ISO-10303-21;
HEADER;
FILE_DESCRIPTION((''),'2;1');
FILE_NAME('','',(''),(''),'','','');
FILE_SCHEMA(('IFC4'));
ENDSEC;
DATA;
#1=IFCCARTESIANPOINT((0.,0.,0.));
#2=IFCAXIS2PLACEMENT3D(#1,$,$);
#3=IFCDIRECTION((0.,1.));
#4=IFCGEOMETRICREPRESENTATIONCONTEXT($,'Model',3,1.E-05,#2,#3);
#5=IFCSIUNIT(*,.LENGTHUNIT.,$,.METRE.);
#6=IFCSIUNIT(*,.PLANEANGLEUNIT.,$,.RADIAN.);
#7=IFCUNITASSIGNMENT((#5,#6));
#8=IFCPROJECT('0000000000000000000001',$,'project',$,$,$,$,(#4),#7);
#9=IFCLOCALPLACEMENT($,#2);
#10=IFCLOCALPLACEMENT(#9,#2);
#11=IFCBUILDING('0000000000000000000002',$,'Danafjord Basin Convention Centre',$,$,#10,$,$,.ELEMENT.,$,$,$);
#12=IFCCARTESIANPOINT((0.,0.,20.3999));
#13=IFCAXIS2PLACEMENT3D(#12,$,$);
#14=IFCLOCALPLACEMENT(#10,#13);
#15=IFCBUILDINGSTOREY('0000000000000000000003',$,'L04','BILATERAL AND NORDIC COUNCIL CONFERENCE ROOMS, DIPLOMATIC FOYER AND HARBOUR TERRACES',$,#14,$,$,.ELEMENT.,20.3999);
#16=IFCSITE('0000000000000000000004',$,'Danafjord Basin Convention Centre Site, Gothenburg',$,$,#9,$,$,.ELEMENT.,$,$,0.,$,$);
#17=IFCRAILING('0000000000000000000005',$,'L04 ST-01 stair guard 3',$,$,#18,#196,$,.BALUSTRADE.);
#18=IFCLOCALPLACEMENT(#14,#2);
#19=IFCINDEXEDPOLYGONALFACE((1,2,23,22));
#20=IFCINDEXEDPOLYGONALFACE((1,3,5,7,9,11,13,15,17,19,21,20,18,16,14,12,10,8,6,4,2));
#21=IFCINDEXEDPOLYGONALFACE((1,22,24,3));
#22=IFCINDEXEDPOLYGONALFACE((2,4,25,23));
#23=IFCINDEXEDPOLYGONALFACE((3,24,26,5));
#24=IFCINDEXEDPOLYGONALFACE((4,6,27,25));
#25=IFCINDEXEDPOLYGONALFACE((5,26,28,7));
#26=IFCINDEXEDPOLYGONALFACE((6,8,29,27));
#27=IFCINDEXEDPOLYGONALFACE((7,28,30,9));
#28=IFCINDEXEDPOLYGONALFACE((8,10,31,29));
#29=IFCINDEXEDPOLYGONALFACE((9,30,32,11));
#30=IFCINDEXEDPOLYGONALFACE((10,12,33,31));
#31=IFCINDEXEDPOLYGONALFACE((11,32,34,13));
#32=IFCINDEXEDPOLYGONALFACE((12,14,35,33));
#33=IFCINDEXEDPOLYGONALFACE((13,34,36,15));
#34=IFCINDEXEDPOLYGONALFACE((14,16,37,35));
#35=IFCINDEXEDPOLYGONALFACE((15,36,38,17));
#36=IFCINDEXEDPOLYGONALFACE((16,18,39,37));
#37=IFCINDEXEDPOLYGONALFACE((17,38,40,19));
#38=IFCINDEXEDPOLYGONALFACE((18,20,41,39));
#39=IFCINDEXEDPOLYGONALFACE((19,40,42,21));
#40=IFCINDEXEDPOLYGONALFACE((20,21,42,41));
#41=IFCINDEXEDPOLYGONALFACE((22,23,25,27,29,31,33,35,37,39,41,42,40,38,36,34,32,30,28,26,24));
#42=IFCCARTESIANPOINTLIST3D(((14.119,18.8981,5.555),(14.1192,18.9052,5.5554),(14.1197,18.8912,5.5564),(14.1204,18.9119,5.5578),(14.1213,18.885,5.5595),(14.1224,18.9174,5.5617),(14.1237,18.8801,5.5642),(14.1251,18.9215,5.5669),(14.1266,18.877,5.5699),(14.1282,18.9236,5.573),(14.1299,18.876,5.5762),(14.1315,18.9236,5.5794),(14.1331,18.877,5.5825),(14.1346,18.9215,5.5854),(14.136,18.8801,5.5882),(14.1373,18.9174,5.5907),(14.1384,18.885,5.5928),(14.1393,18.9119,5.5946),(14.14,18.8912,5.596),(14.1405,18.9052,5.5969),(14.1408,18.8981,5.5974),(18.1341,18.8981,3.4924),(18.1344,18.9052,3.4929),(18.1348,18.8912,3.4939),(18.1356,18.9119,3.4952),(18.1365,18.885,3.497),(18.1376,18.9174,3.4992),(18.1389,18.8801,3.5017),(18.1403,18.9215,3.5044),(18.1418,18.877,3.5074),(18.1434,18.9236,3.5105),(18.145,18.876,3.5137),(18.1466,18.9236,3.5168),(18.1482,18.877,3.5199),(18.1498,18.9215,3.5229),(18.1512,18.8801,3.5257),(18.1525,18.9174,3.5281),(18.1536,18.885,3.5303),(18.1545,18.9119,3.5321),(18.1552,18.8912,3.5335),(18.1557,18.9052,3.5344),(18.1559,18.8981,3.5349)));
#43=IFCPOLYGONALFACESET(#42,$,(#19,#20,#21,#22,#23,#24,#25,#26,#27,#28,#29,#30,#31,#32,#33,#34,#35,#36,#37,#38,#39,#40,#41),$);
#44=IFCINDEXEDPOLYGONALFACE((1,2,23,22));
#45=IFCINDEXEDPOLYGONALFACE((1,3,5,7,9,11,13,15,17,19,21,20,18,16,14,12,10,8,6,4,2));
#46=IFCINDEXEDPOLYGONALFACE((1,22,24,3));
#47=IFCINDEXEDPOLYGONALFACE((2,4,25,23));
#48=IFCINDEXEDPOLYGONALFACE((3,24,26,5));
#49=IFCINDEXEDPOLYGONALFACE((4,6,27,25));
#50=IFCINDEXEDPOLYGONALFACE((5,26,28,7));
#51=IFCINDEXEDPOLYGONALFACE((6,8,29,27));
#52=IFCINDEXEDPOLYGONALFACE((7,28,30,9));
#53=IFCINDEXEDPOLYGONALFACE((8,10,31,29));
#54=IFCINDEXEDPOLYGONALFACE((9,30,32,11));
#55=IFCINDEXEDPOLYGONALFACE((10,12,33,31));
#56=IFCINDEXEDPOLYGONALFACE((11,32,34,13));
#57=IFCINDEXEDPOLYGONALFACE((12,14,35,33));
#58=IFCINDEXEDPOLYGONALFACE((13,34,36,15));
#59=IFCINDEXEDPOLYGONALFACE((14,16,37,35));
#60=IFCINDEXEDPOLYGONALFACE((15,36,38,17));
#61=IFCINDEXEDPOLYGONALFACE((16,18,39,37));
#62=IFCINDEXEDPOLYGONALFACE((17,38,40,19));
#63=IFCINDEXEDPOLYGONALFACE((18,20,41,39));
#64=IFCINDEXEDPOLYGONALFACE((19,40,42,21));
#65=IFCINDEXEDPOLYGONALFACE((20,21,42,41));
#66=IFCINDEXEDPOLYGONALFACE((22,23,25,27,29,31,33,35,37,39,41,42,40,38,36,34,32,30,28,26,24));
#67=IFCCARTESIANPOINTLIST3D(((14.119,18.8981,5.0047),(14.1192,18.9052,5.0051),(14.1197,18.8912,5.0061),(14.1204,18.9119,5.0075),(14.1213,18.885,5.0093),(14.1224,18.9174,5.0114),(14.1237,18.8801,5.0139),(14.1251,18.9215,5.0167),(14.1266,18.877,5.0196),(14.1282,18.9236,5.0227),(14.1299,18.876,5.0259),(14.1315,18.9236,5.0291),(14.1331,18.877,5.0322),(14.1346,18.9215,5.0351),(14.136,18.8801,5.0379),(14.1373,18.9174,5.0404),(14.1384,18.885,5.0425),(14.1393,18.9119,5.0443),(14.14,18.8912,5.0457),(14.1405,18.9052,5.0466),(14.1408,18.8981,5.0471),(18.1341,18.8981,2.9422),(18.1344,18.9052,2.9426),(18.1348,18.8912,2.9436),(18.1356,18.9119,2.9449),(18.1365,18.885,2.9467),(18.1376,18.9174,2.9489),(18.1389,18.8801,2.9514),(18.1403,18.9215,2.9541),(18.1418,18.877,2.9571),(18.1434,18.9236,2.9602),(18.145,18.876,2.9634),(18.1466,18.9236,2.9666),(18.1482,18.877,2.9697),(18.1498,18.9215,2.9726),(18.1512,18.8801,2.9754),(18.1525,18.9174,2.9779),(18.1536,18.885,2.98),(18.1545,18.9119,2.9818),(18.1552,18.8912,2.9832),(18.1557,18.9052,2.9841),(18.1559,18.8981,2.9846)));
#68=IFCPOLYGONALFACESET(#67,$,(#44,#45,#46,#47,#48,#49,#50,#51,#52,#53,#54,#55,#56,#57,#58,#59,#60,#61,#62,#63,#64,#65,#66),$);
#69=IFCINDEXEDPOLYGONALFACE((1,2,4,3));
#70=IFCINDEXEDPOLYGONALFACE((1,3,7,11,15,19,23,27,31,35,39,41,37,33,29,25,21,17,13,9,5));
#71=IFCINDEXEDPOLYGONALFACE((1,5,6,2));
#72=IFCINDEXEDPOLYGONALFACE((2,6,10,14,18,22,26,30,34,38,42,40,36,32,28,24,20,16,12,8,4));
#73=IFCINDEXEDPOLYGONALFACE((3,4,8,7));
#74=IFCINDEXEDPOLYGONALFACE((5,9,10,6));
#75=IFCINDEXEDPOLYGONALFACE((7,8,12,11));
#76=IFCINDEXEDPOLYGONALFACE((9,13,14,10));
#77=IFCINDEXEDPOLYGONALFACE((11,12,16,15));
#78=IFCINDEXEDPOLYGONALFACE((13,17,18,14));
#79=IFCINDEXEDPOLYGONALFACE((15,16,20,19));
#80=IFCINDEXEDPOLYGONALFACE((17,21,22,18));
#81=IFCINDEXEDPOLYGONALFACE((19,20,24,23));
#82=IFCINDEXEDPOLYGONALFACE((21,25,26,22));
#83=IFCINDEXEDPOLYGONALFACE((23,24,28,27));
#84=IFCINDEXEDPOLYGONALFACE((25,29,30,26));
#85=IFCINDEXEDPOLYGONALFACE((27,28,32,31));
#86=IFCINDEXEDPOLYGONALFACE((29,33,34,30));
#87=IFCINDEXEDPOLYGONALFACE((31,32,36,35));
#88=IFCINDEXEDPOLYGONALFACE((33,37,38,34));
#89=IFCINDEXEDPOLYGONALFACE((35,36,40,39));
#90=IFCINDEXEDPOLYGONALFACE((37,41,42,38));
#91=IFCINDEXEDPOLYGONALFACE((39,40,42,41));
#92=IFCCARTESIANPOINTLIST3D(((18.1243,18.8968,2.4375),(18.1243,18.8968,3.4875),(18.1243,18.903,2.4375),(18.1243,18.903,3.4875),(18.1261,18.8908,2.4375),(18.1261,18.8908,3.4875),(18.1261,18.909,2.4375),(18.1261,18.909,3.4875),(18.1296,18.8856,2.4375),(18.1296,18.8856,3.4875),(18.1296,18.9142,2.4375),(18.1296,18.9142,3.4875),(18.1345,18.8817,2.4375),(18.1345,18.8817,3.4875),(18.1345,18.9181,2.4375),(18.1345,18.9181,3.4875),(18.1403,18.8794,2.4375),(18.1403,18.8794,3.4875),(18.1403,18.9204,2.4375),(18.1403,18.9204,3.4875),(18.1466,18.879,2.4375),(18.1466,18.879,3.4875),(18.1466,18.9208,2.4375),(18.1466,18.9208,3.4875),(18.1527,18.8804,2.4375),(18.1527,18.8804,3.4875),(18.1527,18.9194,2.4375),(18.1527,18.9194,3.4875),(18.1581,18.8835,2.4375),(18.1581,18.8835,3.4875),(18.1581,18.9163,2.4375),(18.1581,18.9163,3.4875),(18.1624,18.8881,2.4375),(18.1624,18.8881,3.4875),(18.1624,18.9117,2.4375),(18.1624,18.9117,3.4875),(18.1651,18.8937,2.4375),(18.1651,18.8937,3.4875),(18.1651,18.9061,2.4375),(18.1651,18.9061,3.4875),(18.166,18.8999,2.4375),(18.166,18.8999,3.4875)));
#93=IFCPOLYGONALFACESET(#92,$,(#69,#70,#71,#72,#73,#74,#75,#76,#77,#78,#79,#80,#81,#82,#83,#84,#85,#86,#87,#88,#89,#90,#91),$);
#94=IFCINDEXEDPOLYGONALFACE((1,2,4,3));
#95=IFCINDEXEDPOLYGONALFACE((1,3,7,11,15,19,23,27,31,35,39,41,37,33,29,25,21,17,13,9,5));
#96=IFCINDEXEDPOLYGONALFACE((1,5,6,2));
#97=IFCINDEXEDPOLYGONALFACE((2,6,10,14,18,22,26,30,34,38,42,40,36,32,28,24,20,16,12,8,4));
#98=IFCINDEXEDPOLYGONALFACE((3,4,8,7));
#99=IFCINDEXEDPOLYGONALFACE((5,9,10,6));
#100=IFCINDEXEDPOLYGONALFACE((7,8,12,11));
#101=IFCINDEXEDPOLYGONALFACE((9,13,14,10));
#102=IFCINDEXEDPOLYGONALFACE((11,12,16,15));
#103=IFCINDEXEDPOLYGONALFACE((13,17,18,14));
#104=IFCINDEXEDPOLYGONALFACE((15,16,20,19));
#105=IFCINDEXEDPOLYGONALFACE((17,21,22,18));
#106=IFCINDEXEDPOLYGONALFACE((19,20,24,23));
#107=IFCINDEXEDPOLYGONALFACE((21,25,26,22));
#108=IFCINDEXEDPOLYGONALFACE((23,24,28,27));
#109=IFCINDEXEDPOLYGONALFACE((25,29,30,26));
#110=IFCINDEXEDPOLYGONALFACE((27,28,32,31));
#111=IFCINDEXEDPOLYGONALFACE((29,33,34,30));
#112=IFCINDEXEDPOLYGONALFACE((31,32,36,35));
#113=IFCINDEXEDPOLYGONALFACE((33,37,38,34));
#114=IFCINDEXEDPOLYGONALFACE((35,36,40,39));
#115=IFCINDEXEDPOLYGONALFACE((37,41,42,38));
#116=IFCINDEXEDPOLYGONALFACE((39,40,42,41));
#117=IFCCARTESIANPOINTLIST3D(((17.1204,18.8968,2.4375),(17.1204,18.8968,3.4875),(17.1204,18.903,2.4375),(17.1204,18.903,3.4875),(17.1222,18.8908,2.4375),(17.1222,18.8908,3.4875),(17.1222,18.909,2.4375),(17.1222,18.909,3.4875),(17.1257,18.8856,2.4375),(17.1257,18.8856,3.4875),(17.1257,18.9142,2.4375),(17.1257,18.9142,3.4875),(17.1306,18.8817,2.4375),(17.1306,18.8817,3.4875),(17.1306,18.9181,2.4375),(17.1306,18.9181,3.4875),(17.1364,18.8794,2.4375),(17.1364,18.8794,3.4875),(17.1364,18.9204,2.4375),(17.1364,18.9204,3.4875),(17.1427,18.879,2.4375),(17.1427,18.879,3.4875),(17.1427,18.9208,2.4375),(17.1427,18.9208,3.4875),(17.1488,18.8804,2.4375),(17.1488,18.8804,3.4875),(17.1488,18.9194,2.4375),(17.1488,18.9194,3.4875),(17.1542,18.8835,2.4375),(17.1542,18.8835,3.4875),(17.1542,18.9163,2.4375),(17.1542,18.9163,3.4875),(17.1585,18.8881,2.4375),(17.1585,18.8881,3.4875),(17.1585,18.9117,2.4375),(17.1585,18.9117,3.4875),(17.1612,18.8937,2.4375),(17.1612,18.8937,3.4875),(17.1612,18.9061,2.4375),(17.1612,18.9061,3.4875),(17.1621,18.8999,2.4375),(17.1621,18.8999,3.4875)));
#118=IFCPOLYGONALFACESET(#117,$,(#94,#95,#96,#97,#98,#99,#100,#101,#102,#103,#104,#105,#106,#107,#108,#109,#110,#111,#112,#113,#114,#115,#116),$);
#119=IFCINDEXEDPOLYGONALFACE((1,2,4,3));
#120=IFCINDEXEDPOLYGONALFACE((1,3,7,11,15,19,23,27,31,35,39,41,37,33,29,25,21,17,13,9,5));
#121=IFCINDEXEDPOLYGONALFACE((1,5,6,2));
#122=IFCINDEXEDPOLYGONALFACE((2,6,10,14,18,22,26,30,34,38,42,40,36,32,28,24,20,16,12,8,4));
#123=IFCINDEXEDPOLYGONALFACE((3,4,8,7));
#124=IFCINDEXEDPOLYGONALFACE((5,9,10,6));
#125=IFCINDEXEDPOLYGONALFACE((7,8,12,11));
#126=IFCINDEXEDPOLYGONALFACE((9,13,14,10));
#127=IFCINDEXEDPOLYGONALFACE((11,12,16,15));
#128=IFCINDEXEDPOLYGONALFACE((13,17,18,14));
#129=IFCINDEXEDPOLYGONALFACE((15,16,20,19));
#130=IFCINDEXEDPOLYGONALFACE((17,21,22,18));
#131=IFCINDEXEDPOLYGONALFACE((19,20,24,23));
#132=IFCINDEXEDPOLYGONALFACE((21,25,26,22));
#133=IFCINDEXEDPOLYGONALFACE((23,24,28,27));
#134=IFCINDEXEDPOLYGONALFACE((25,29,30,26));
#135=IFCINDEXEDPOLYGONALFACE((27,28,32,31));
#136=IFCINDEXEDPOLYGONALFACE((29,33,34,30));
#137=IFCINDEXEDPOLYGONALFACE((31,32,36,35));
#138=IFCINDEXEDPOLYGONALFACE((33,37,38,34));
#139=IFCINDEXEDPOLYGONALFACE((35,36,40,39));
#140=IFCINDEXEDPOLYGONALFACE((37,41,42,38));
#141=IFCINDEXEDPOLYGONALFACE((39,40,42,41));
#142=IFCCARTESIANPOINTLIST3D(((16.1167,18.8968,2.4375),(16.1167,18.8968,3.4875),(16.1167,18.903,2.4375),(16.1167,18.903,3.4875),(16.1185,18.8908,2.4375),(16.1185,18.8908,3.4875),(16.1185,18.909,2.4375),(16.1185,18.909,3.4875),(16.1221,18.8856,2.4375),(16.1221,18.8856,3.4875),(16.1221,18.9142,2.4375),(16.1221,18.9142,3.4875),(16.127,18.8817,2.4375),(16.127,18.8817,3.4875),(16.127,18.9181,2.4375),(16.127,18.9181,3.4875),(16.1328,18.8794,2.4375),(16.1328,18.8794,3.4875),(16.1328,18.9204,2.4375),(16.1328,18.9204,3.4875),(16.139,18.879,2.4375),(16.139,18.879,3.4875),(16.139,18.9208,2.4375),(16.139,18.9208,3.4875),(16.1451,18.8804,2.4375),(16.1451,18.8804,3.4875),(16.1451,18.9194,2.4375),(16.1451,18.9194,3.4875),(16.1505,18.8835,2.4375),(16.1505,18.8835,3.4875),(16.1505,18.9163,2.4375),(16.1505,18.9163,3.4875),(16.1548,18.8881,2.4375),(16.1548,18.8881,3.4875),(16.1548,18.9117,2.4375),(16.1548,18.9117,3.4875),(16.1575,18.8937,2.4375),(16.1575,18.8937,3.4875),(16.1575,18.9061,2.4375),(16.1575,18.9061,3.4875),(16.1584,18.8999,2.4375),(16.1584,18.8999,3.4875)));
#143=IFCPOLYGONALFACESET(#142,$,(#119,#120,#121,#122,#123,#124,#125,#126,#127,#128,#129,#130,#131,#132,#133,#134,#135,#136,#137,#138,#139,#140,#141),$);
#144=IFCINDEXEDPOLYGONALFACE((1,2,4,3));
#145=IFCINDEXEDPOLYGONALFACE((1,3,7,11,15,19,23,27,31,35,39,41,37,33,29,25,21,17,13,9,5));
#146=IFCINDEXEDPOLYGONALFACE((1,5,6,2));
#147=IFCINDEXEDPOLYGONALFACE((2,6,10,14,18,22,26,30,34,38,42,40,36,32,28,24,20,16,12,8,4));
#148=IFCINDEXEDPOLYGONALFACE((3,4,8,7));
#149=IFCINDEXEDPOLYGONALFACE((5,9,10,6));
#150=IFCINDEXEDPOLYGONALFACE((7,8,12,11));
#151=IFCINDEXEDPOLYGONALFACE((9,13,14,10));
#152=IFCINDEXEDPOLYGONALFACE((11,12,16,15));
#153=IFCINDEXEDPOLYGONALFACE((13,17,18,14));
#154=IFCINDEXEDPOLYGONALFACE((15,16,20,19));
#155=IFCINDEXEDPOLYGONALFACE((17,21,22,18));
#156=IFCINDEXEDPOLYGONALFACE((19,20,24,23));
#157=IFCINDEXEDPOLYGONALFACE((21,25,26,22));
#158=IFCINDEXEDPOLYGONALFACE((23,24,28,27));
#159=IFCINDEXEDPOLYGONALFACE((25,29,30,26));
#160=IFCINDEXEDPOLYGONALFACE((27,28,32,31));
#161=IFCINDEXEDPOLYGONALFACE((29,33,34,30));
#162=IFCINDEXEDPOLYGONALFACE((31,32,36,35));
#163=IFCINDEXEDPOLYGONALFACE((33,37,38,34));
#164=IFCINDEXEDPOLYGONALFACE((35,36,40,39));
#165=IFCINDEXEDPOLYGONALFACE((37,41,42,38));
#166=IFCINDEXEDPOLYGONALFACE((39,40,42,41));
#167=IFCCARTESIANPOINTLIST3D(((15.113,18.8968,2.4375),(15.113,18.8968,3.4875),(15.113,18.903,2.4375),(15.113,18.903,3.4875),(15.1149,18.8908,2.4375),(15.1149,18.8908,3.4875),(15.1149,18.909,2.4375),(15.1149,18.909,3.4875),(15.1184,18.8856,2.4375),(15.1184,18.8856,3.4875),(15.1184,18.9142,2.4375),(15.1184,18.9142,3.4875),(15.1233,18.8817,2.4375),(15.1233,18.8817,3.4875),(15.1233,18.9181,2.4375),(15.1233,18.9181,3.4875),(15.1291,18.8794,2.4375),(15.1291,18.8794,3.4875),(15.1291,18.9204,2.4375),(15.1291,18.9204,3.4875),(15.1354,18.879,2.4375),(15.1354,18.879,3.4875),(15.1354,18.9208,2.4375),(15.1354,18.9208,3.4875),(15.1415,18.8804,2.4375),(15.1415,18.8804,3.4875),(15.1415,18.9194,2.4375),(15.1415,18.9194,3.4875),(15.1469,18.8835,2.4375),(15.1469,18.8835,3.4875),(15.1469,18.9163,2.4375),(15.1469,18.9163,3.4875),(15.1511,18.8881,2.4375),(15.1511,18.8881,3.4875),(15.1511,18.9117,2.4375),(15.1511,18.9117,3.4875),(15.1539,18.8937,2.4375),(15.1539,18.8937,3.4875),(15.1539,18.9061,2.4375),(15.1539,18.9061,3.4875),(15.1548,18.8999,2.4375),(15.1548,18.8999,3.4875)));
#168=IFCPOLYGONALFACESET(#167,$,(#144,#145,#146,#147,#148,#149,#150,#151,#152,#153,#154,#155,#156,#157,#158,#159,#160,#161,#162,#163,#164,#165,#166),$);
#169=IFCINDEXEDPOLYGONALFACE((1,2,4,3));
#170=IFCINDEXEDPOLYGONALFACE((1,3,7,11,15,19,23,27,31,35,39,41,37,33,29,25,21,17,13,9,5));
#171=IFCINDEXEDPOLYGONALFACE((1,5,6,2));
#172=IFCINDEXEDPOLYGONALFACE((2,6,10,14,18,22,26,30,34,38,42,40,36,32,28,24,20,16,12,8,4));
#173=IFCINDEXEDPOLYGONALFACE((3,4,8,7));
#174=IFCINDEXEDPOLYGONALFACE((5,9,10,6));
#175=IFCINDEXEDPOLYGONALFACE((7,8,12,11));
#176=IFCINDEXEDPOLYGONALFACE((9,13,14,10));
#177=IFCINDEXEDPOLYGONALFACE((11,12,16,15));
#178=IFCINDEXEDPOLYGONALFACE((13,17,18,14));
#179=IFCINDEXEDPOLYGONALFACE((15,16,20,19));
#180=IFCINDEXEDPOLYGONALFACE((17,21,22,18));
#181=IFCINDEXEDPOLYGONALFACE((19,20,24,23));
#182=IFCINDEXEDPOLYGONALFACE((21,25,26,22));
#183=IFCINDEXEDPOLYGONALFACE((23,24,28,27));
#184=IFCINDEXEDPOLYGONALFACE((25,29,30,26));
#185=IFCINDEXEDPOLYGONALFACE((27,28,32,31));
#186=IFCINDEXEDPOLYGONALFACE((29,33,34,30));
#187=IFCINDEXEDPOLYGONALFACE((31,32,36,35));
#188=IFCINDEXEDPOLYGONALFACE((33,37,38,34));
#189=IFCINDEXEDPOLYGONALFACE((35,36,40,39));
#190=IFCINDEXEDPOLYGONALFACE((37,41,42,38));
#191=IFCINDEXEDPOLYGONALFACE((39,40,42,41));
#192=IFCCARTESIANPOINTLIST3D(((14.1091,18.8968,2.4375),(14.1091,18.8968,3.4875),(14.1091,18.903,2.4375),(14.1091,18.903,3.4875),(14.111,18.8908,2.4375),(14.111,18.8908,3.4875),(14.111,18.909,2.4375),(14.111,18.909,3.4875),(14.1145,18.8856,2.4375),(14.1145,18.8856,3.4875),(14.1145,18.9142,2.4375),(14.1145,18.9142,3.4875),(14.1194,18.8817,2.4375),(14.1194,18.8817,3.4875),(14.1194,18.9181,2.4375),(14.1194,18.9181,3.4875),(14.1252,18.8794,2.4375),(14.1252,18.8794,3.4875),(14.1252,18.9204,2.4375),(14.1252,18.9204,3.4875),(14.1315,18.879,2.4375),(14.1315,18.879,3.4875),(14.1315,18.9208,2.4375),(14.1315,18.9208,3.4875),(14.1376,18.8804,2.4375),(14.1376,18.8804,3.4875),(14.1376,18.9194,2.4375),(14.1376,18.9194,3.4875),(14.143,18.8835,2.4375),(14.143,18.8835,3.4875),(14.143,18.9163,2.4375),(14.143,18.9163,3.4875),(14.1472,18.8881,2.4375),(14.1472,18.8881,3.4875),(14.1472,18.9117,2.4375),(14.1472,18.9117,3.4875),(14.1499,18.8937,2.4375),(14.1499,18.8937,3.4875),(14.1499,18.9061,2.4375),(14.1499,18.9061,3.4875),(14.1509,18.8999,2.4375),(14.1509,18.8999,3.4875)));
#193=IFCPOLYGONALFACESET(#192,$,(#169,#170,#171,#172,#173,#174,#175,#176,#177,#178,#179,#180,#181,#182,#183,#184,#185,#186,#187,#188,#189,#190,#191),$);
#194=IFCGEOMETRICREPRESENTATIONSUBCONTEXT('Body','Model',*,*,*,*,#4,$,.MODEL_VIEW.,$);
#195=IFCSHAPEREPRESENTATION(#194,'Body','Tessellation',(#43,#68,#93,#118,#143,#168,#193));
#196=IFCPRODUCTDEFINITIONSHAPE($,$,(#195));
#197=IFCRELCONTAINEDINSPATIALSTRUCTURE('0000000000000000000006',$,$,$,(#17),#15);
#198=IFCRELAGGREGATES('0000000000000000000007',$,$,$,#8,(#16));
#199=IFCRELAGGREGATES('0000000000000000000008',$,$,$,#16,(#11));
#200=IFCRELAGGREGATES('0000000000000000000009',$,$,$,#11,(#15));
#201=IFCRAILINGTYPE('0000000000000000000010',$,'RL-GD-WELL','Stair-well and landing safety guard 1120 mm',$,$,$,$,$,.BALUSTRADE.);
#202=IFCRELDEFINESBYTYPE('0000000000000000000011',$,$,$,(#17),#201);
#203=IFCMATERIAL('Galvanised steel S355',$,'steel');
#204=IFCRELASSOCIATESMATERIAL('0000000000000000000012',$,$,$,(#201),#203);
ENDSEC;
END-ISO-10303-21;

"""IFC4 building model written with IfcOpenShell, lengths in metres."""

from ifc_helpers import new_model, si_unit, direction, frame, origin, origin_2d, place, context, subcontext, project, spatial, circle, extrude, material, type_object, element, save


model = new_model("IFC4")

# Units and contexts
model_context = context("Model", 3, precision=1e-05, world=origin(), true_north=direction((0.0, 1.0)))
body_context = subcontext(model_context, "Body", "Model", "MODEL_VIEW")
ifc_project = project(units=[si_unit("LENGTHUNIT", "METRE"), si_unit("PLANEANGLEUNIT", "RADIAN")], contexts=[model_context])

# Site, building, storey
site_placement = place(None, origin())
site = spatial("IfcSite", under=ifc_project, at=site_placement, Name="Danafjord Basin Convention Centre Site, Gothenburg", CompositionType="ELEMENT", RefElevation=0.0)
building_placement = place(site_placement, origin())
building = spatial("IfcBuilding", under=site, at=building_placement, Name="Danafjord Basin Convention Centre", CompositionType="ELEMENT")
storey_placement = place(building_placement, frame((0.0, 0.0, 20.3999)))
storey = spatial("IfcBuildingStorey", under=building, at=storey_placement, Name="L04", Description="BILATERAL AND NORDIC COUNCIL CONFERENCE ROOMS, DIPLOMATIC FOYER AND HARBOUR TERRACES", CompositionType="ELEMENT", Elevation=20.3999)

# Railing
ifc_material_1 = material(Name="Galvanised steel S355", Category="steel")
railing_type_1 = type_object("IfcRailingType", Name="RL-GD-WELL", Description="Stair-well and landing safety guard 1120 mm", PredefinedType="BALUSTRADE", material=ifc_material_1)
railing_1_placement = place(storey_placement, frame((18.145, 18.8999, 2.4375)))
element("IfcRailing", 1, at=railing_1_placement, inside=storey, type_object=railing_type_1, Name="L04 ST-01 stair guard 3", PredefinedType="BALUSTRADE", context=body_context, shape_type="SweptSolid", body=[
    extrude(circle(Radius=0.0239, at=origin_2d()), frame((0.0, 0.0, 1.0762), z_axis=(-0.889506, 0.0, 0.456923), x_axis=(0.0, -1.0, 0.0)), (0.0, 0.0, 1.0), 4.5139),
    extrude(circle(Radius=0.0239, at=origin_2d()), frame((0.0, 0.0, 0.5259), z_axis=(-0.889506, 0.0, 0.456923), x_axis=(0.0, -1.0, 0.0)), (0.0, 0.0, 1.0), 4.5139),
    extrude(circle(Radius=0.021, at=origin_2d()), origin(), (0.0, 0.0, 1.0), 1.05),
    extrude(circle(Radius=0.021, at=origin_2d()), frame((-1.0039, 0.0, 0.0)), (0.0, 0.0, 1.0), 1.05),
    extrude(circle(Radius=0.021, at=origin_2d()), frame((-2.0076, 0.0, 0.0)), (0.0, 0.0, 1.0), 1.05),
    extrude(circle(Radius=0.021, at=origin_2d()), frame((-3.0112, 0.0, 0.0)), (0.0, 0.0, 1.0), 1.05),
    extrude(circle(Radius=0.021, at=origin_2d()), frame((-4.0151, 0.0, 0.0)), (0.0, 0.0, 1.0), 1.05),
])

save(model, "model.ifc")
